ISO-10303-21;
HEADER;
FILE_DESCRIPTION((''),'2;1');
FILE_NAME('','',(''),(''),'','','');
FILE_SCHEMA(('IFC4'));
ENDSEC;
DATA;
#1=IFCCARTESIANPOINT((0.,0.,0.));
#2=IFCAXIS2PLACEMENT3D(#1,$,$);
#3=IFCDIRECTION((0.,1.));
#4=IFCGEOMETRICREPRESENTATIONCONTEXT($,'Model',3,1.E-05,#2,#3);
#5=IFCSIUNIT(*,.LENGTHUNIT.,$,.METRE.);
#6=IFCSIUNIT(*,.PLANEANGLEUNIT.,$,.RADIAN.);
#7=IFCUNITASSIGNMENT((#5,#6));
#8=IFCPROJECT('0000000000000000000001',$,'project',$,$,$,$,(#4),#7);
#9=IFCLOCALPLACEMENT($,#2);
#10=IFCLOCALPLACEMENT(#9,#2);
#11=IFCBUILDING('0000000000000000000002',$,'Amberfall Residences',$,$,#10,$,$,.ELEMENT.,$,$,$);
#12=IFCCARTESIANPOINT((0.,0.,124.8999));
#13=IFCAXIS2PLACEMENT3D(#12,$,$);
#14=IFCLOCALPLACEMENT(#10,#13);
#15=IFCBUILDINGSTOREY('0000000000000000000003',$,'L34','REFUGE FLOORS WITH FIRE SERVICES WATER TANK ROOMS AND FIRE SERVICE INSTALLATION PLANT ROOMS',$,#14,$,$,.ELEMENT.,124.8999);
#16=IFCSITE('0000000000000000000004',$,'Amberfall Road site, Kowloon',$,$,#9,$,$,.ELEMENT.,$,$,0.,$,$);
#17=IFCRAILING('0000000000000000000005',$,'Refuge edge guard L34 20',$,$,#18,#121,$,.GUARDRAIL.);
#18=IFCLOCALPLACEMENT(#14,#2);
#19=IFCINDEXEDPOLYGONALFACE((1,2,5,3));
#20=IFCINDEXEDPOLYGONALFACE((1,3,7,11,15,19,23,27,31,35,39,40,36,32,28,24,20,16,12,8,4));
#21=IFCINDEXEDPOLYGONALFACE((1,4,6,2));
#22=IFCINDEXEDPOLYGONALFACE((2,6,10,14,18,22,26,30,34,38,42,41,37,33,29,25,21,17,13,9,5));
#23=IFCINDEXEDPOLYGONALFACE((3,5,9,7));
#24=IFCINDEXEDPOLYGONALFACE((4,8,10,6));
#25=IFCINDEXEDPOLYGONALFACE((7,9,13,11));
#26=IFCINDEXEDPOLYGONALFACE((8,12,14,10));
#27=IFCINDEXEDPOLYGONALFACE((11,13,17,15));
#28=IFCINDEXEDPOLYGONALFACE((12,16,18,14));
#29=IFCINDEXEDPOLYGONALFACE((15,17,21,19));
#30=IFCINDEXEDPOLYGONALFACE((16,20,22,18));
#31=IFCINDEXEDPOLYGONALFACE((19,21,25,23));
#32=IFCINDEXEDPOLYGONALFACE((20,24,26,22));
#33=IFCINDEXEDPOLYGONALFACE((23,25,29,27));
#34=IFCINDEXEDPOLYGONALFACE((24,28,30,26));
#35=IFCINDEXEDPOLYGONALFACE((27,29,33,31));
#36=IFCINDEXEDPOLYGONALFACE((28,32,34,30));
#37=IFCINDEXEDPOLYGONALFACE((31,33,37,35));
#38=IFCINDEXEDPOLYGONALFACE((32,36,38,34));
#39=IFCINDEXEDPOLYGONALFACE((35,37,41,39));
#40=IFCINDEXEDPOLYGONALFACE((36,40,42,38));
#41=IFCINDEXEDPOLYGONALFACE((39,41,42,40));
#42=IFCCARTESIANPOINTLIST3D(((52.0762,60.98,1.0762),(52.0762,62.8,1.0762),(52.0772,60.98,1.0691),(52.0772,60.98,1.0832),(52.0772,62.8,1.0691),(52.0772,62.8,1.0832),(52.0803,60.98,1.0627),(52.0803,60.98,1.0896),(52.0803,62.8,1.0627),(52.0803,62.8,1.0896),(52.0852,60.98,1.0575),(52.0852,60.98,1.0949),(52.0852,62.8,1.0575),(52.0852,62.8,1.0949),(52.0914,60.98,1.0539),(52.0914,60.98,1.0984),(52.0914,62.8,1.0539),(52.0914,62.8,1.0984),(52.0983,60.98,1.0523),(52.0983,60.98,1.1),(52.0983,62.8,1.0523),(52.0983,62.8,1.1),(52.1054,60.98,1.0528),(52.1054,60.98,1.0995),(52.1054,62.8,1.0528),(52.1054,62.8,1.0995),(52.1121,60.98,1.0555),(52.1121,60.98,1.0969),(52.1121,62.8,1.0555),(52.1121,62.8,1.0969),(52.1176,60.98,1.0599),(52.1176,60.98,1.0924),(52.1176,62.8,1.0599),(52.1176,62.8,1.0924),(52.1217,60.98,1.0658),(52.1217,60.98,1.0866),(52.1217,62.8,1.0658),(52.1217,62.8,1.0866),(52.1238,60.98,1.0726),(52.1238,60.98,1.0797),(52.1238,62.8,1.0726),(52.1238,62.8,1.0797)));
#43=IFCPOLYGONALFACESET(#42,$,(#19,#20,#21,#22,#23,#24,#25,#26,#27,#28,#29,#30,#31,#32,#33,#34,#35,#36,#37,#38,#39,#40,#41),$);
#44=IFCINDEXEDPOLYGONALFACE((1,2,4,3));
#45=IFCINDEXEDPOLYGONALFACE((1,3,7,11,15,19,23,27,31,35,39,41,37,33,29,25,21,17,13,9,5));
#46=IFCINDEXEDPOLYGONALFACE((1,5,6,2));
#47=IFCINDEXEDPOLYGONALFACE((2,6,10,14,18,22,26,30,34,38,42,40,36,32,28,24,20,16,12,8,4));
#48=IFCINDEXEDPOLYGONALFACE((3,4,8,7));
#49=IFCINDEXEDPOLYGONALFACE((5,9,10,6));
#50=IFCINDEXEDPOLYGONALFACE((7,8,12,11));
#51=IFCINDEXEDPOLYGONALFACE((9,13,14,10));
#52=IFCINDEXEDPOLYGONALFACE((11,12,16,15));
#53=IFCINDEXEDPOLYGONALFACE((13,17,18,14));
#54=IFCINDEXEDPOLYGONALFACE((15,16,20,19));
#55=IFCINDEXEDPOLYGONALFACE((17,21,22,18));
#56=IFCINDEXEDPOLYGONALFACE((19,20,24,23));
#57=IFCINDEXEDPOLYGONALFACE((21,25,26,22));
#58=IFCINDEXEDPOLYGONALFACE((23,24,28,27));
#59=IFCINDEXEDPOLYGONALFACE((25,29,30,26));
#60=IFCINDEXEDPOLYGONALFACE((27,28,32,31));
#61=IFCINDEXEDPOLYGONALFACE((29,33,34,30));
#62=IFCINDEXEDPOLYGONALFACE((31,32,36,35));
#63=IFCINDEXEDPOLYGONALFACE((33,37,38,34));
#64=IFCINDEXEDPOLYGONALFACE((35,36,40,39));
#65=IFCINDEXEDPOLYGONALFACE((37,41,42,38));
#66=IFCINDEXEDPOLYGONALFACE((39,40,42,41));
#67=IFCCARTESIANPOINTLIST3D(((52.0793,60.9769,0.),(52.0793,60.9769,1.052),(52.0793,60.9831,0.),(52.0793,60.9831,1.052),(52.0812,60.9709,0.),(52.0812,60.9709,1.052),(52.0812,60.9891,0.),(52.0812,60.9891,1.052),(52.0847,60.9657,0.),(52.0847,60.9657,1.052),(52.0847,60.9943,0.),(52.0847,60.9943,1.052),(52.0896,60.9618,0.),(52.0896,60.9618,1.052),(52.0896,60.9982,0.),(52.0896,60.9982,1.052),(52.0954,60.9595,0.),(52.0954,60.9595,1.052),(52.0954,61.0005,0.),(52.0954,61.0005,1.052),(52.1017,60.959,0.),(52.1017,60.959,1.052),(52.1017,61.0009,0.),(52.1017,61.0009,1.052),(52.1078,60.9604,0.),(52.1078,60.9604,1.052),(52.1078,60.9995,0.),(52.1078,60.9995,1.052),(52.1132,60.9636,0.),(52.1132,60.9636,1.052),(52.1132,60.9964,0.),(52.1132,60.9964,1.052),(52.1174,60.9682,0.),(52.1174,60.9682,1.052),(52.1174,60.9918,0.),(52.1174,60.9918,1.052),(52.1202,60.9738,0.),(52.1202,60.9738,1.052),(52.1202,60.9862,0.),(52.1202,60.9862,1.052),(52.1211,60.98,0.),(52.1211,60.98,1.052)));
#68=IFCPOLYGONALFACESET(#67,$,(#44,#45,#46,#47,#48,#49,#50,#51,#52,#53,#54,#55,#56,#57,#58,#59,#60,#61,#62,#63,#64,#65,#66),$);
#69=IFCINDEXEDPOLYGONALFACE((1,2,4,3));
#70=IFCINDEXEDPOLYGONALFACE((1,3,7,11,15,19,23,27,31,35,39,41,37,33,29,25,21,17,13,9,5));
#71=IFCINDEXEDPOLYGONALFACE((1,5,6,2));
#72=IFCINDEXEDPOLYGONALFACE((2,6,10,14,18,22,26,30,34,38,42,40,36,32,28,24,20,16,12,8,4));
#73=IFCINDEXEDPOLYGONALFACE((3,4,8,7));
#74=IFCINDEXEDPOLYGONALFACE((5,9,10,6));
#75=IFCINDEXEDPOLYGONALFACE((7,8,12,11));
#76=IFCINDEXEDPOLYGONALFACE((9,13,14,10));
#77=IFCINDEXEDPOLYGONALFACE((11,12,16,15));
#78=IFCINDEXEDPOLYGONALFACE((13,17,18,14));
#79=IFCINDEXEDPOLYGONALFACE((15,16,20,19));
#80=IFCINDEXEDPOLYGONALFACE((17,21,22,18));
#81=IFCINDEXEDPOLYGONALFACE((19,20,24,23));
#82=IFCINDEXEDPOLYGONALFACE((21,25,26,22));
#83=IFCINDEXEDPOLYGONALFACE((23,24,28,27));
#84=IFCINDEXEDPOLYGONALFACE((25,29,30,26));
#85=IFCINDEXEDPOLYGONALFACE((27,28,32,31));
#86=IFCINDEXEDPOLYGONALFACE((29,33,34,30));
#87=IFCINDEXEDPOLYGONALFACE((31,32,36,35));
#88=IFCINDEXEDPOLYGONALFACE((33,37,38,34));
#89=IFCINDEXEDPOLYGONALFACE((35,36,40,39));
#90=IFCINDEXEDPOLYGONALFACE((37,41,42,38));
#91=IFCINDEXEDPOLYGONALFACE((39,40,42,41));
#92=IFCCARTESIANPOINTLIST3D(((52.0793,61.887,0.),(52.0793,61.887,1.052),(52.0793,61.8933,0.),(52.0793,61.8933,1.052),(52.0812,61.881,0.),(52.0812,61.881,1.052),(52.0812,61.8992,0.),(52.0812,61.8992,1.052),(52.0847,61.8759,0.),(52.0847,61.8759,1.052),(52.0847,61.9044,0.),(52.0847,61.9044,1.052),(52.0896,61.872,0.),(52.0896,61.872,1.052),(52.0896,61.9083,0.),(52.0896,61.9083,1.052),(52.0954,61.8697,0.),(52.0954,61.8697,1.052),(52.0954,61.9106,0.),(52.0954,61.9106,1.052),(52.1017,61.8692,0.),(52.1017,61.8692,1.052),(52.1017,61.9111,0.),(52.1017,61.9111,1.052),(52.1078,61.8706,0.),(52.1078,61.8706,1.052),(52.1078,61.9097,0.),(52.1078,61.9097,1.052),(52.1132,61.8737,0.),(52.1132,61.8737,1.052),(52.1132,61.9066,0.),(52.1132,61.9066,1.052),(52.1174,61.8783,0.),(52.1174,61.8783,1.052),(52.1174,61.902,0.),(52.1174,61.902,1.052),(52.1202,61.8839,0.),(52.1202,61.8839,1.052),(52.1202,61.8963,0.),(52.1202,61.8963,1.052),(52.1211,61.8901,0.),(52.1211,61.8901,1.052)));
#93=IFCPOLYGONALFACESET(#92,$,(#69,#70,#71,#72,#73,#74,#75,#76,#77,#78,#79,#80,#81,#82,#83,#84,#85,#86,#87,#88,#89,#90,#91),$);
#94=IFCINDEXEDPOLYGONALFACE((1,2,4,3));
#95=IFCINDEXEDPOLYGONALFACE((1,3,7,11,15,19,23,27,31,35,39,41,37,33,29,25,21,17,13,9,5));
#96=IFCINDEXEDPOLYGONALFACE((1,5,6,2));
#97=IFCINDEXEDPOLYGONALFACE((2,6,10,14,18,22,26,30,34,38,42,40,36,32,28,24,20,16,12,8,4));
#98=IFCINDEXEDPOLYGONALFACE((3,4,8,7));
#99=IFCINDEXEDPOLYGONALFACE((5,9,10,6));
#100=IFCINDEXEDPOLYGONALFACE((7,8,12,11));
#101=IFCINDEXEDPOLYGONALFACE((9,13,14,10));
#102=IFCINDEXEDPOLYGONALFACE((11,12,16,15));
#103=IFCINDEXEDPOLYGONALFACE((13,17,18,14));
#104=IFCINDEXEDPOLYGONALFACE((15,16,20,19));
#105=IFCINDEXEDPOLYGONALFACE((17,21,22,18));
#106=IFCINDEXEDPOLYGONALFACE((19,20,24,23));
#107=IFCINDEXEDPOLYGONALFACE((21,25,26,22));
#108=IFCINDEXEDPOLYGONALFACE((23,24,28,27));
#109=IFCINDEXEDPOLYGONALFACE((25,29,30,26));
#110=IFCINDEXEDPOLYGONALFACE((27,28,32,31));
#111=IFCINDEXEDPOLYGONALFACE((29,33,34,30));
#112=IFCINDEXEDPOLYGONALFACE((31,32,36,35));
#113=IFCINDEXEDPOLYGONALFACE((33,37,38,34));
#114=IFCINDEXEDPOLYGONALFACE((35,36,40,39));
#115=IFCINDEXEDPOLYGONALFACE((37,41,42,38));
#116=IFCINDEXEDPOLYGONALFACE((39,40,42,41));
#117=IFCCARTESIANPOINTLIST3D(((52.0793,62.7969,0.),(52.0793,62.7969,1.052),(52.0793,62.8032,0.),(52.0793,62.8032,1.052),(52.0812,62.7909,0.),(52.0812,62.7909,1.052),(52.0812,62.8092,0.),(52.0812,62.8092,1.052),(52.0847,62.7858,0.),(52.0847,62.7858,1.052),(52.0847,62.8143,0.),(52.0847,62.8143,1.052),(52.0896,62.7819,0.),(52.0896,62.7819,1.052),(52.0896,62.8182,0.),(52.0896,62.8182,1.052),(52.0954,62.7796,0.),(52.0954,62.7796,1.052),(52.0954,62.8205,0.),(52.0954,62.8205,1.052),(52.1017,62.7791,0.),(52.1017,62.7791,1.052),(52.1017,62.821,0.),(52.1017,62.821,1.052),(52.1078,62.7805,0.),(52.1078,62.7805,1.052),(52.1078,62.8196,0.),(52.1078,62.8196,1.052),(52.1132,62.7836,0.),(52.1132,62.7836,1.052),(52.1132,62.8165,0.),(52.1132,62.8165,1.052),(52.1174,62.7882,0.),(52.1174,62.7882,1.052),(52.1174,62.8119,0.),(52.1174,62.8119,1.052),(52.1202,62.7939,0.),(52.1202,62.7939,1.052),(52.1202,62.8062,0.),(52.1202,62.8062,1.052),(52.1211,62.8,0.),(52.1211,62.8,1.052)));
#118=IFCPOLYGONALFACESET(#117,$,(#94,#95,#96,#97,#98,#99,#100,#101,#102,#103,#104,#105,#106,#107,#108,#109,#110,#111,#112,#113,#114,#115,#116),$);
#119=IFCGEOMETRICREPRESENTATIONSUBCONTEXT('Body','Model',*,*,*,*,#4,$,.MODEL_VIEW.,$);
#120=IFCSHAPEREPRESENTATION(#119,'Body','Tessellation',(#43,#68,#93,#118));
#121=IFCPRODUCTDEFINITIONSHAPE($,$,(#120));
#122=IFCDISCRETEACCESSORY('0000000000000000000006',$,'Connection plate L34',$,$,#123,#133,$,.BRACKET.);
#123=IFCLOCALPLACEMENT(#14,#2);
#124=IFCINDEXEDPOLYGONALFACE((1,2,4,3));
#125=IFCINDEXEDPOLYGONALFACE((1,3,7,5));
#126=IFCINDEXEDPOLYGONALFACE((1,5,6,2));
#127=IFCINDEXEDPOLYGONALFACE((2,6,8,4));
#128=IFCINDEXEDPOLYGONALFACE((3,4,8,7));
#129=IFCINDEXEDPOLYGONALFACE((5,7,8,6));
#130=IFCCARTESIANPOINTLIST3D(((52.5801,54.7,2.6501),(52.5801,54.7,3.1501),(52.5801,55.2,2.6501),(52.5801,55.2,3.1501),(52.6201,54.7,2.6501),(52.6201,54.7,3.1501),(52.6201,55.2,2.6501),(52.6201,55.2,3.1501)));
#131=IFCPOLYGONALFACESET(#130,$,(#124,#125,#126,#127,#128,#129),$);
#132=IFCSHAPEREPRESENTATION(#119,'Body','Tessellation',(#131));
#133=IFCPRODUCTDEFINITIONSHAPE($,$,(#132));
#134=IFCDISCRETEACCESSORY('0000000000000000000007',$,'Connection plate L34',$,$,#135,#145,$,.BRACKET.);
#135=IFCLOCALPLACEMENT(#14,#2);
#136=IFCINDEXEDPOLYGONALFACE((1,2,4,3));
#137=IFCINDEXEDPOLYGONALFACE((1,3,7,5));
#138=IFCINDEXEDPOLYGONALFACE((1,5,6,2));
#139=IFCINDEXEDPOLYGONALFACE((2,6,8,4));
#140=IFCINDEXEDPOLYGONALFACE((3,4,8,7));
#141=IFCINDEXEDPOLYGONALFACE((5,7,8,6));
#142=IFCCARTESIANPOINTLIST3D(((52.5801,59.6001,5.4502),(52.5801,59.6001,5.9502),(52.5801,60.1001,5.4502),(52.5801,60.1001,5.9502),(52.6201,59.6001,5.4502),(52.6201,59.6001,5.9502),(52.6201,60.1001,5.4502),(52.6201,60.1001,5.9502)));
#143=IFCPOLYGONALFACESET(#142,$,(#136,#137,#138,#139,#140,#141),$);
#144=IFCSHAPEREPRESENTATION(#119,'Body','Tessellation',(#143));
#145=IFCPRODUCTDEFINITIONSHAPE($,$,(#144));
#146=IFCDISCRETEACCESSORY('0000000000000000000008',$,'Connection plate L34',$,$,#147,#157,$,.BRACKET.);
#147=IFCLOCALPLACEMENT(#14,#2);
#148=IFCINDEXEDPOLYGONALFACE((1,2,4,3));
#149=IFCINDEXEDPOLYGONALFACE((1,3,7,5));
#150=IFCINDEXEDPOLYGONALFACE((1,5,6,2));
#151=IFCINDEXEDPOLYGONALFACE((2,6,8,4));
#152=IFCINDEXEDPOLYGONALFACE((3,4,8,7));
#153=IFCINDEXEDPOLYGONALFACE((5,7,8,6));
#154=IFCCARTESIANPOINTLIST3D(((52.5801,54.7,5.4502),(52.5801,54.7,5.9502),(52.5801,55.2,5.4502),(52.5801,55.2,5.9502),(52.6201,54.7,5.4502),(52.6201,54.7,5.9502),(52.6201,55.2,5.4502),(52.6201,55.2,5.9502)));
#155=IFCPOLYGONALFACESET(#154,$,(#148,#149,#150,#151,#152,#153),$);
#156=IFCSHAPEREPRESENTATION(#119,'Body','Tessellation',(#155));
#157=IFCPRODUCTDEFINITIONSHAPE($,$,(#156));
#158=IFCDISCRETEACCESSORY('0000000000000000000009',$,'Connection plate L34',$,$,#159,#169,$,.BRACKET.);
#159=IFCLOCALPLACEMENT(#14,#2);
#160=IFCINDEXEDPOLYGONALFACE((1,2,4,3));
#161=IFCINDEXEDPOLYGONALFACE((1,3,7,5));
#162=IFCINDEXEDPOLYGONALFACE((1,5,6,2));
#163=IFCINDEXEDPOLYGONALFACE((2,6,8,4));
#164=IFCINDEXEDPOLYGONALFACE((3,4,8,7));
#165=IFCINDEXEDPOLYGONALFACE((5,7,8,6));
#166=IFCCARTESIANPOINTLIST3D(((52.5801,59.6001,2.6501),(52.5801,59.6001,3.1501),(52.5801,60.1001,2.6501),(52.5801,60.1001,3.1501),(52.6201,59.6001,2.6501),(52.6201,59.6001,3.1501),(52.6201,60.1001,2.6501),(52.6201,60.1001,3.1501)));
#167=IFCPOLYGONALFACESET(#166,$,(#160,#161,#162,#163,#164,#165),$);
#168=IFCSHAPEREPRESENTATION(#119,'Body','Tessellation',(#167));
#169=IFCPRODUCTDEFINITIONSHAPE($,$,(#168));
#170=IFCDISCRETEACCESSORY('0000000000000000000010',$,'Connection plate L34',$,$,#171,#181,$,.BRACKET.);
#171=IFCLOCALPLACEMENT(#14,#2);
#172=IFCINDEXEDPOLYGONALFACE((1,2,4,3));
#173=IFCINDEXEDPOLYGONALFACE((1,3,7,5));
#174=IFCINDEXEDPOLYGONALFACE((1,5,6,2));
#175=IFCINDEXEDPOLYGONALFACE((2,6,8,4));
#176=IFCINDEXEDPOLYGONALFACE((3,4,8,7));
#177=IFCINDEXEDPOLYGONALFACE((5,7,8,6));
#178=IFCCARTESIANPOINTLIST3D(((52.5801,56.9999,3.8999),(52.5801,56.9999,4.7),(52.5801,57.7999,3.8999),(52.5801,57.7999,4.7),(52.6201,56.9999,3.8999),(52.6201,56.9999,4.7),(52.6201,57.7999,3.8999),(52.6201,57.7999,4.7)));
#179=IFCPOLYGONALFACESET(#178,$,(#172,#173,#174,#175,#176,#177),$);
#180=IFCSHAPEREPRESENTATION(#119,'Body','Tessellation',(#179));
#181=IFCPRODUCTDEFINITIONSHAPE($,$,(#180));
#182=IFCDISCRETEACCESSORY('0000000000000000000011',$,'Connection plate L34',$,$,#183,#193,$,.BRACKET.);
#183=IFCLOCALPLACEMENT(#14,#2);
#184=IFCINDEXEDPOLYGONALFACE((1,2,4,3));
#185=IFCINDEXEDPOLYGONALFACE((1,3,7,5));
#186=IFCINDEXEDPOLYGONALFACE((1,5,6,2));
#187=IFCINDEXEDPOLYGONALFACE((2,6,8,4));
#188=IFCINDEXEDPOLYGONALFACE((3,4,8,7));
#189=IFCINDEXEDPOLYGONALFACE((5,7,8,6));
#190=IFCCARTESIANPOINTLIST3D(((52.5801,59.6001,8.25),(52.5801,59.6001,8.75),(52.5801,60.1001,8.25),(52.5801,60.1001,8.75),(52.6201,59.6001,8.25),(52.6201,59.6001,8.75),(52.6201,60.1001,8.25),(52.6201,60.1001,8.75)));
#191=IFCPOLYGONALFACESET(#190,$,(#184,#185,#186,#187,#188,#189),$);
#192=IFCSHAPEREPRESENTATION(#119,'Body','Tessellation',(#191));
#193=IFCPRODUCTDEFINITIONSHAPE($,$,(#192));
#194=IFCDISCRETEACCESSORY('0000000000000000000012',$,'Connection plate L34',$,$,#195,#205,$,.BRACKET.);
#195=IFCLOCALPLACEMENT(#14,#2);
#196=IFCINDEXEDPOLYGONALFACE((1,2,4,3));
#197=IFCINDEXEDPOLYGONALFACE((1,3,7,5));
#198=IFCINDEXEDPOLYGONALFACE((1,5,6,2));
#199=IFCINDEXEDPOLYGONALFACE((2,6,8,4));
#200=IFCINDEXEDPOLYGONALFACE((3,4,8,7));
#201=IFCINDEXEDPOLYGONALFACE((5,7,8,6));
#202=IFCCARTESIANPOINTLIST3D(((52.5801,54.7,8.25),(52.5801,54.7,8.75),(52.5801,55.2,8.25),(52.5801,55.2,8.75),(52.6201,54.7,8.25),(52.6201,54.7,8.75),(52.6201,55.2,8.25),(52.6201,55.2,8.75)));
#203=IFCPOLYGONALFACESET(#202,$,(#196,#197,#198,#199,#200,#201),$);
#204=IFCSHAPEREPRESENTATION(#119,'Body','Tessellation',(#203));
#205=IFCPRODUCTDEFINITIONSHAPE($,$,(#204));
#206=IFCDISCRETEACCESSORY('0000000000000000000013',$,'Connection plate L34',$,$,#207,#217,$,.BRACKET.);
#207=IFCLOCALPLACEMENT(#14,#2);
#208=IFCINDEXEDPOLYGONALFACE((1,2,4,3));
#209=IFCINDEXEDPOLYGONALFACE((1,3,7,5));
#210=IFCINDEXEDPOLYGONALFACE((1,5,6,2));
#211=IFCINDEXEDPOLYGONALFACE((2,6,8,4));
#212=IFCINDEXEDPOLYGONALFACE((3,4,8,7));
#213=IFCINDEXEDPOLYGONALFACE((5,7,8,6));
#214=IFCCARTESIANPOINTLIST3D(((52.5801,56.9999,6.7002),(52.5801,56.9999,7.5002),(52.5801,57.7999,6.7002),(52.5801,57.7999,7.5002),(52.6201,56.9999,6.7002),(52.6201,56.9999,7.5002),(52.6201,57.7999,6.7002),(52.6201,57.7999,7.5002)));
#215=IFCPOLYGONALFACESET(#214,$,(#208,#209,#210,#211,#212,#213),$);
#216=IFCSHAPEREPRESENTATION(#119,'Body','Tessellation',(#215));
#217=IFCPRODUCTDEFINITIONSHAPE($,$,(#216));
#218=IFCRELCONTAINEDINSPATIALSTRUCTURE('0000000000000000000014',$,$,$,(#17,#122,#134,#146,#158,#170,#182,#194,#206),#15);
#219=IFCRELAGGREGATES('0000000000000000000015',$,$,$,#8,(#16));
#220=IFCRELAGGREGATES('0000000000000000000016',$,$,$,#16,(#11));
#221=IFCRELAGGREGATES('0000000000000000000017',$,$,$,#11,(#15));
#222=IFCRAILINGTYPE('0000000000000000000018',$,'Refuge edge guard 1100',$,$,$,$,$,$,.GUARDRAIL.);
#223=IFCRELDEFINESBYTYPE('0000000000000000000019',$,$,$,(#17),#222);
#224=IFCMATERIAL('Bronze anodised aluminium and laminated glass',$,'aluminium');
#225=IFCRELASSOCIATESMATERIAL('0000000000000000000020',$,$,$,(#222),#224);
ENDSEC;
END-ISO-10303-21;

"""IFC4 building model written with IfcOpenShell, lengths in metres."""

from ifc_helpers import new_model, si_unit, direction, frame, origin, origin_2d, place, context, subcontext, project, spatial, rectangle, circle, extrude, material, type_object, element, save


model = new_model("IFC4")

# Units and contexts
model_context = context("Model", 3, precision=1e-05, world=origin(), true_north=direction((0.0, 1.0)))
body_context = subcontext(model_context, "Body", "Model", "MODEL_VIEW")
ifc_project = project(units=[si_unit("LENGTHUNIT", "METRE"), si_unit("PLANEANGLEUNIT", "RADIAN")], contexts=[model_context])

# Site, building, storey
site_placement = place(None, origin())
site = spatial("IfcSite", under=ifc_project, at=site_placement, Name="Amberfall Road site, Kowloon", CompositionType="ELEMENT", RefElevation=0.0)
building_placement = place(site_placement, origin())
building = spatial("IfcBuilding", under=site, at=building_placement, Name="Amberfall Residences", CompositionType="ELEMENT")
storey_placement = place(building_placement, frame((0.0, 0.0, 124.8999)))
storey = spatial("IfcBuildingStorey", under=building, at=storey_placement, Name="L34", Description="REFUGE FLOORS WITH FIRE SERVICES WATER TANK ROOMS AND FIRE SERVICE INSTALLATION PLANT ROOMS", CompositionType="ELEMENT", Elevation=124.8999)

# Railing
ifc_material_1 = material(Name="Bronze anodised aluminium and laminated glass", Category="aluminium")
railing_type = type_object("IfcRailingType", Name="Refuge edge guard 1100", PredefinedType="GUARDRAIL", material=ifc_material_1)
railing_1_placement = place(storey_placement, frame((52.1001, 60.98, 0.0)))
element("IfcRailing", 1, at=railing_1_placement, inside=storey, type_object=railing_type, Name="Refuge edge guard L34 20", PredefinedType="GUARDRAIL", context=body_context, shape_type="SweptSolid", body=[
    extrude(circle(Radius=0.0239, at=origin_2d()), frame((0.0, 0.0, 1.0762), z_axis=(0.0, 1.0, 0.0), x_axis=(-1.0, 0.0, 0.0)), (0.0, 0.0, 1.0), 1.8201),
    extrude(circle(Radius=0.021, at=origin_2d()), origin(), (0.0, 0.0, 1.0), 1.052),
    extrude(circle(Radius=0.021, at=origin_2d()), frame((0.0, 0.9102, 0.0)), (0.0, 0.0, 1.0), 1.052),
    extrude(circle(Radius=0.021, at=origin_2d()), frame((0.0, 1.8201, 0.0)), (0.0, 0.0, 1.0), 1.052),
])

# Discrete accessories
for number, where, z_axis, x_axis, name in (
    (2, (52.6001, 54.95, 2.6501), (0.0, 0.0, 1.0), (0.0, 1.0, 0.0), "Connection plate L34"),
    (3, (52.6001, 59.8501, 5.4502), (0.0, 0.0, 1.0), (0.0, 1.0, 0.0), "Connection plate L34"),
    (4, (52.6001, 54.95, 5.4502), (0.0, 0.0, 1.0), (0.0, 1.0, 0.0), "Connection plate L34"),
    (5, (52.6001, 59.8501, 2.6501), (0.0, 0.0, 1.0), (0.0, 1.0, 0.0), "Connection plate L34"),
):
    element("IfcDiscreteAccessory", number, at=place(storey_placement, frame(where, z_axis=z_axis, x_axis=x_axis)), inside=storey, Name=name, PredefinedType="BRACKET", context=body_context, shape_type="SweptSolid", body=[
        extrude(rectangle(XDim=0.5, YDim=0.04, at=origin_2d()), origin(), (0.0, 0.0, 1.0), 0.5),
    ])
discrete_accessory_1_placement = place(storey_placement, frame((52.6001, 57.3999, 3.8999), z_axis=(0.0, 0.0, 1.0), x_axis=(0.0, 1.0, 0.0)))
element("IfcDiscreteAccessory", 6, at=discrete_accessory_1_placement, inside=storey, Name="Connection plate L34", PredefinedType="BRACKET", context=body_context, shape_type="SweptSolid", body=[
    extrude(rectangle(XDim=0.8, YDim=0.04, at=origin_2d()), origin(), (0.0, 0.0, 1.0), 0.8),
])
for number, where, z_axis, x_axis, name in (
    (7, (52.6001, 59.8501, 8.25), (0.0, 0.0, 1.0), (0.0, 1.0, 0.0), "Connection plate L34"),
    (8, (52.6001, 54.95, 8.25), (0.0, 0.0, 1.0), (0.0, 1.0, 0.0), "Connection plate L34"),
):
    element("IfcDiscreteAccessory", number, at=place(storey_placement, frame(where, z_axis=z_axis, x_axis=x_axis)), inside=storey, Name=name, PredefinedType="BRACKET", context=body_context, shape_type="SweptSolid", body=[
        extrude(rectangle(XDim=0.5, YDim=0.04, at=origin_2d()), origin(), (0.0, 0.0, 1.0), 0.5),
    ])
discrete_accessory_2_placement = place(storey_placement, frame((52.6001, 57.3999, 6.7002), z_axis=(0.0, 0.0, 1.0), x_axis=(0.0, 1.0, 0.0)))
element("IfcDiscreteAccessory", 9, at=discrete_accessory_2_placement, inside=storey, Name="Connection plate L34", PredefinedType="BRACKET", context=body_context, shape_type="SweptSolid", body=[
    extrude(rectangle(XDim=0.8, YDim=0.04, at=origin_2d()), origin(), (0.0, 0.0, 1.0), 0.8),
])

save(model, "model.ifc")
